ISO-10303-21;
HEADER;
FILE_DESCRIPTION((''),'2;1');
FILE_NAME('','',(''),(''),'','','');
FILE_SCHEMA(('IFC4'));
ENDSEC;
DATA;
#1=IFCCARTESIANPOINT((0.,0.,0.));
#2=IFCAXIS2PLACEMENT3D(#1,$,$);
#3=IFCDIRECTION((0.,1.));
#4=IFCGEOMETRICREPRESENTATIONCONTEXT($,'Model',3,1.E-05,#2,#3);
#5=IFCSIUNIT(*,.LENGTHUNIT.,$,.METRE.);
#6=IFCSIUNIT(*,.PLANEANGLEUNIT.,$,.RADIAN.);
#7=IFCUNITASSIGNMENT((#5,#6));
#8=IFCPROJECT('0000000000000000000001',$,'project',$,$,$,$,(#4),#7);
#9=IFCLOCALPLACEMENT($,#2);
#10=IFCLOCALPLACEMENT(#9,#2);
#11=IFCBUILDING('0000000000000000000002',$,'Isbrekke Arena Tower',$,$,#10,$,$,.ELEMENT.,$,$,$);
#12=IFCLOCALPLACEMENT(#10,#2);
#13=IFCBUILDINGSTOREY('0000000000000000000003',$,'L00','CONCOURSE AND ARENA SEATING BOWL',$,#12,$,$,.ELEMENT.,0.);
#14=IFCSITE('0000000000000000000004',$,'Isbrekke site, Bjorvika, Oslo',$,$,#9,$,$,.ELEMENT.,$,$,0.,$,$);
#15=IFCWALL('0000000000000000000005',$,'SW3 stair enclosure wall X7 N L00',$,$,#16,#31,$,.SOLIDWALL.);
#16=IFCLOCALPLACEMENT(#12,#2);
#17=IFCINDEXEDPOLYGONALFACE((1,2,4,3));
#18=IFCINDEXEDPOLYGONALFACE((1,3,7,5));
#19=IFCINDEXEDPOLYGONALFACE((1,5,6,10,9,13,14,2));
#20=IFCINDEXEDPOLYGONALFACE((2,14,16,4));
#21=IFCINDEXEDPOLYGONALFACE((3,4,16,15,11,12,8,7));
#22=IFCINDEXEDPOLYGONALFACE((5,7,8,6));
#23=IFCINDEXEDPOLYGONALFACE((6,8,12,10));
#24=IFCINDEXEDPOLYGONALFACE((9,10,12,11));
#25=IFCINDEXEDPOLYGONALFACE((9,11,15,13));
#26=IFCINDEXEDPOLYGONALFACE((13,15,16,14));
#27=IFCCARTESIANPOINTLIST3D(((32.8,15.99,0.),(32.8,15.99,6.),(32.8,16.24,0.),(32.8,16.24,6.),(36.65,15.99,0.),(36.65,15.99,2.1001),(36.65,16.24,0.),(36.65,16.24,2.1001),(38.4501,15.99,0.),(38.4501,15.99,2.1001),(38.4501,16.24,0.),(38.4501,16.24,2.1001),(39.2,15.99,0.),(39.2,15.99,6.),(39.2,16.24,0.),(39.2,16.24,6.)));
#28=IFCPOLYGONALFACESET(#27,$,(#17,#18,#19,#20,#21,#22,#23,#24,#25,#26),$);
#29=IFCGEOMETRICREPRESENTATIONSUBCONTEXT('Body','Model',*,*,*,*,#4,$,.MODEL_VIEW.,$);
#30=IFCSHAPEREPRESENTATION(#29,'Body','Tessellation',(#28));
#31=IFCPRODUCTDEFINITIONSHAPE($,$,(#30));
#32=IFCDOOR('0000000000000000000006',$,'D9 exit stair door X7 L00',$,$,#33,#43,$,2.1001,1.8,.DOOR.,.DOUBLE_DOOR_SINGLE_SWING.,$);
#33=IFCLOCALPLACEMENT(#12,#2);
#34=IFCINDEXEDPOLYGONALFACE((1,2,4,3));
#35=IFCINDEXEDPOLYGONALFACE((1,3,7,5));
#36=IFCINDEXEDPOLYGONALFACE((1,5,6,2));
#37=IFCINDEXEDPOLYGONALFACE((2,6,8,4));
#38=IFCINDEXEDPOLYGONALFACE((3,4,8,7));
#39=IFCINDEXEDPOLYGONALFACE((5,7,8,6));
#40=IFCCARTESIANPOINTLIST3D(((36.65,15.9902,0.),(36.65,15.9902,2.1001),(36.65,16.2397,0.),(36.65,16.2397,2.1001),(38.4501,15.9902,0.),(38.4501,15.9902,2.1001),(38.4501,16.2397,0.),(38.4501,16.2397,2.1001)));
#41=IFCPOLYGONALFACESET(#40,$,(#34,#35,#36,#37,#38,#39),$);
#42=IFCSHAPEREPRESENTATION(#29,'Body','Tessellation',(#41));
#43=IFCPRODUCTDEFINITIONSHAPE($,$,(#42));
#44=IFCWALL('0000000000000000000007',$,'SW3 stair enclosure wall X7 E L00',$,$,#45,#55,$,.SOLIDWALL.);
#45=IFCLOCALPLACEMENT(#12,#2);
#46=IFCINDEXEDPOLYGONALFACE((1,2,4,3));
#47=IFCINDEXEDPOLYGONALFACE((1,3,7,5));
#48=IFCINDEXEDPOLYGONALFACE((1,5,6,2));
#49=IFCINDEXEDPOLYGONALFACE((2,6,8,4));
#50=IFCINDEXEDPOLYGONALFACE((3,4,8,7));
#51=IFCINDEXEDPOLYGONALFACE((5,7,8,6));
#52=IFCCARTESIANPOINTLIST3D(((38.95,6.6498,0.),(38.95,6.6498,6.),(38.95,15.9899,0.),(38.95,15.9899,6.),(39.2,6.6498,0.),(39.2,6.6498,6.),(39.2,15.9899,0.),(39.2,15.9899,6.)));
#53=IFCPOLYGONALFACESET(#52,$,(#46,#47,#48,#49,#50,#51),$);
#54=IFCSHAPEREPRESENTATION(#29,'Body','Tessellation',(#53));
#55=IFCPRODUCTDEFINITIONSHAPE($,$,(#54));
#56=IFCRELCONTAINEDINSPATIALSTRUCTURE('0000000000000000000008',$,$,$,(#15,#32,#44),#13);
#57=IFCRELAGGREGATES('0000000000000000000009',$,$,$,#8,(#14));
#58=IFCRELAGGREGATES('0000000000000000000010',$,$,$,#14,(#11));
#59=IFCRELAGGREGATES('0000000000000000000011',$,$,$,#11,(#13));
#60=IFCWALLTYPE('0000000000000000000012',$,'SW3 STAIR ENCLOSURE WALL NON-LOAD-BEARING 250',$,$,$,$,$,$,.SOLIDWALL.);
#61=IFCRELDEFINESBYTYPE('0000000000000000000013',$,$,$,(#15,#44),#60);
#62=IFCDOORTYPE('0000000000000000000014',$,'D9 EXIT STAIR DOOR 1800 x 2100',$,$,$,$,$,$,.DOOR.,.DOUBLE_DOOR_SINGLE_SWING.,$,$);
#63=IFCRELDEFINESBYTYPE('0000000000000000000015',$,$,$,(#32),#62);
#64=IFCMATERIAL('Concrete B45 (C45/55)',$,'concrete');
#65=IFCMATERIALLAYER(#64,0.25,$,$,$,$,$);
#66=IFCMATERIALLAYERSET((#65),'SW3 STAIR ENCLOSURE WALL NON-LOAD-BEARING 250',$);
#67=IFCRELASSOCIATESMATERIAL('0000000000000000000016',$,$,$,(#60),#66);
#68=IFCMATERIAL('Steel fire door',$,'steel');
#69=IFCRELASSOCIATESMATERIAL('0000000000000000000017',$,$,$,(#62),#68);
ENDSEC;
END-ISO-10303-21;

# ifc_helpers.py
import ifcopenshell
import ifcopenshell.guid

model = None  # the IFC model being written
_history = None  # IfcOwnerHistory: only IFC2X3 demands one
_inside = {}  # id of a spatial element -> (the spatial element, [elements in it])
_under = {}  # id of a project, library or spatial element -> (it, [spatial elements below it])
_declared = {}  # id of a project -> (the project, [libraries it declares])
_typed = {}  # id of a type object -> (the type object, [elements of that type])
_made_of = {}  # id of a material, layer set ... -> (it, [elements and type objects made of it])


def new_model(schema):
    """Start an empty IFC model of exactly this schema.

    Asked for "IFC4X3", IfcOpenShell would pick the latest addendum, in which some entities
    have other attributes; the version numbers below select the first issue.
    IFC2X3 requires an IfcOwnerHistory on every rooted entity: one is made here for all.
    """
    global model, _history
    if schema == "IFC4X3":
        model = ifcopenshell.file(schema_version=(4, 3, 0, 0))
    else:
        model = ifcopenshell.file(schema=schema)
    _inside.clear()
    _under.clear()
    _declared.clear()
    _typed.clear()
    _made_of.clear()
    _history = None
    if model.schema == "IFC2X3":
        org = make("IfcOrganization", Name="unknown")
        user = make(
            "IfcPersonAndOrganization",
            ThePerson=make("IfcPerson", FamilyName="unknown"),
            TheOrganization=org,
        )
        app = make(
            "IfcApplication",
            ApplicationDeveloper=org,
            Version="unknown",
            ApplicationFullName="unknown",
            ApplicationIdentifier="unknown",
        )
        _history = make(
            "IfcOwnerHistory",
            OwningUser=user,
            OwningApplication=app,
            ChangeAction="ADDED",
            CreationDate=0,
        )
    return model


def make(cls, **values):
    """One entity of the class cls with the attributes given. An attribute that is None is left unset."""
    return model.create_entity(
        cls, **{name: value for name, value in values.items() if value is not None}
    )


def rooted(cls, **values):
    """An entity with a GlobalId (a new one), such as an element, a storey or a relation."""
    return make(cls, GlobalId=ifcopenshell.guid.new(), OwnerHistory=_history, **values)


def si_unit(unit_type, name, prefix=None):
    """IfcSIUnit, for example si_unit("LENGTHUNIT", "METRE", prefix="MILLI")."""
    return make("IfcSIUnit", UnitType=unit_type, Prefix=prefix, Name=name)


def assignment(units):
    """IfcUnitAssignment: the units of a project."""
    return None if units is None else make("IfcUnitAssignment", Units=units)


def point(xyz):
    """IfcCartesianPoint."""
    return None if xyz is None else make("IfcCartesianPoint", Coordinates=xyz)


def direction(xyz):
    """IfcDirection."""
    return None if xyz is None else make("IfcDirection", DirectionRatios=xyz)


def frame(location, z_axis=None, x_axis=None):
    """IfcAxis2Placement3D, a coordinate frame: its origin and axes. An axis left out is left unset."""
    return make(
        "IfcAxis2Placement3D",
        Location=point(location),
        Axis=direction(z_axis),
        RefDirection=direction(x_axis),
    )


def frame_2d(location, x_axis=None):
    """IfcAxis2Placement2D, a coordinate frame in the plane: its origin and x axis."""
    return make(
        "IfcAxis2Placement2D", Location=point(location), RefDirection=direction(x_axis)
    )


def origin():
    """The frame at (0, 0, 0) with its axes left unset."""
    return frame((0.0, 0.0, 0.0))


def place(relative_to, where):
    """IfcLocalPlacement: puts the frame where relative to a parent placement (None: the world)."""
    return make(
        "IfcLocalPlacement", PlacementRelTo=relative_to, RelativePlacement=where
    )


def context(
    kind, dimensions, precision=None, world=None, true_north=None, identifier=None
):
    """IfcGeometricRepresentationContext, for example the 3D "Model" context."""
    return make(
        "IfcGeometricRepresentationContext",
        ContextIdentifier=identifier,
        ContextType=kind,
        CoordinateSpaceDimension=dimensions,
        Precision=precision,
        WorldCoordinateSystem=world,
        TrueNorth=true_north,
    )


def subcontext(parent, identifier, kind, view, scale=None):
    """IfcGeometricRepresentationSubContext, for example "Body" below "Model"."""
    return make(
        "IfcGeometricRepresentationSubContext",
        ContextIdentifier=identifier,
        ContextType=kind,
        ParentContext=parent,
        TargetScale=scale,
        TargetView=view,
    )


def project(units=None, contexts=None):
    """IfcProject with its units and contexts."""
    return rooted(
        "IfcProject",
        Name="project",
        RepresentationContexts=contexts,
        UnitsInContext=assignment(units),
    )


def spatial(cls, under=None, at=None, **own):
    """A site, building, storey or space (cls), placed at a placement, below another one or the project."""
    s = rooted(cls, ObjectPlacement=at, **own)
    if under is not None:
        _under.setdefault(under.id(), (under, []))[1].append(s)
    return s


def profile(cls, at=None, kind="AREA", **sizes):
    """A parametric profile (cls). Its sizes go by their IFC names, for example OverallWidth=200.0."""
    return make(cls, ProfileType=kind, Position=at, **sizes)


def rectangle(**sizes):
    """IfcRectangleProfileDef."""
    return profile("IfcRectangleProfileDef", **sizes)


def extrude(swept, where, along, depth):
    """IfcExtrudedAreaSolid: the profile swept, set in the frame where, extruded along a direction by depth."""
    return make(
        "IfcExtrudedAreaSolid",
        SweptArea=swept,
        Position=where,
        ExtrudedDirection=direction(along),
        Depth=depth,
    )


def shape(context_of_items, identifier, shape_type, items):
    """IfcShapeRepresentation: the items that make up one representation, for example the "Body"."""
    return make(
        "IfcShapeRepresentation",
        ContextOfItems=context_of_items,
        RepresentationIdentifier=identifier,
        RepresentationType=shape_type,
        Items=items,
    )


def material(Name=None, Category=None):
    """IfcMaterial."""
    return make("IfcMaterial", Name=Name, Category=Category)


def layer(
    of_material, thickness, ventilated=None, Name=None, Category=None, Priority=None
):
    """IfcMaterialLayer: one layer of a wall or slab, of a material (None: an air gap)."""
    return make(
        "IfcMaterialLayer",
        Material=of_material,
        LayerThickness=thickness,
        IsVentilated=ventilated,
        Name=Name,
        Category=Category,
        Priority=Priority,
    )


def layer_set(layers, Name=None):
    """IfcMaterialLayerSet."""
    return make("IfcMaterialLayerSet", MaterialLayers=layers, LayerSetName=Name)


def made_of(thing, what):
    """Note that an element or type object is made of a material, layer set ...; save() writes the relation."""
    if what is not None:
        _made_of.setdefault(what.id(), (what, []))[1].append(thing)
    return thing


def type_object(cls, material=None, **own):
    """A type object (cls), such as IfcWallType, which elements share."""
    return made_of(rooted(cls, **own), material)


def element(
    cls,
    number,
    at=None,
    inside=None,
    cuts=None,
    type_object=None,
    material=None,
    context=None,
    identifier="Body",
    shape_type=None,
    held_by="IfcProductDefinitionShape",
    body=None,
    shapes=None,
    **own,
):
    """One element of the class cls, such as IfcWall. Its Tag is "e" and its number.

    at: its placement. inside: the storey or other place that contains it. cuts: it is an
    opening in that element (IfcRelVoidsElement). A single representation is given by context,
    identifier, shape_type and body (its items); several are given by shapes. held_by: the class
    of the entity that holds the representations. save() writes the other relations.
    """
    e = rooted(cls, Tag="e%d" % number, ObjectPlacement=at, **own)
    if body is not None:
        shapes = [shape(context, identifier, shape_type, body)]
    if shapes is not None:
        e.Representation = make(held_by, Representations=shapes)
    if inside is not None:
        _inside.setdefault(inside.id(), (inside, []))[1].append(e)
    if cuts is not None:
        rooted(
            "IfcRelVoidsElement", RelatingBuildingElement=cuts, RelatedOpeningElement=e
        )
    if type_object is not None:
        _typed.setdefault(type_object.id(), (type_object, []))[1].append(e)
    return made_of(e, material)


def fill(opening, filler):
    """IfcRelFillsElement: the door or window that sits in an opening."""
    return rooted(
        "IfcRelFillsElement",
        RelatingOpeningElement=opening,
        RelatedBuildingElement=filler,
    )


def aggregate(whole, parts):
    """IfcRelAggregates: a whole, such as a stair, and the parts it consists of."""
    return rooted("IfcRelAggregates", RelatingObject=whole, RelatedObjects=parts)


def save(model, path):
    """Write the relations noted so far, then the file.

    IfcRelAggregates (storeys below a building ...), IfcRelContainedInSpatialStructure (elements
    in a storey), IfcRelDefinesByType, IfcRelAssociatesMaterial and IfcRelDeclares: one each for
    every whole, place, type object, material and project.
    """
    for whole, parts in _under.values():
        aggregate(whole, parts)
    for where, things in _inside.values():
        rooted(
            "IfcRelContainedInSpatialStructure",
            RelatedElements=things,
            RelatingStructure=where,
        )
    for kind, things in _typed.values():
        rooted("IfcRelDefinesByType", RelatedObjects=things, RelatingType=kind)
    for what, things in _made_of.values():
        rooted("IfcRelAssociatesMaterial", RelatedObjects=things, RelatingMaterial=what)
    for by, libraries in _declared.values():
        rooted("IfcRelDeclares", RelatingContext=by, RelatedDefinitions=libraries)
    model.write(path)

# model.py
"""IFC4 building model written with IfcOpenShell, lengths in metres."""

from ifc_helpers import new_model, si_unit, direction, frame, frame_2d, origin, place, context, subcontext, project, spatial, rectangle, extrude, material, layer, layer_set, type_object, element, fill, save


model = new_model("IFC4")

# Units and contexts
model_context = context("Model", 3, precision=1e-05, world=origin(), true_north=direction((0.0, 1.0)))
body_context = subcontext(model_context, "Body", "Model", "MODEL_VIEW")
ifc_project = project(units=[si_unit("LENGTHUNIT", "METRE"), si_unit("PLANEANGLEUNIT", "RADIAN")], contexts=[model_context])

# Site, building, storey
site_placement = place(None, origin())
site = spatial("IfcSite", under=ifc_project, at=site_placement, Name="Isbrekke site, Bjorvika, Oslo", CompositionType="ELEMENT", RefElevation=0.0)
building_placement = place(site_placement, origin())
building = spatial("IfcBuilding", under=site, at=building_placement, Name="Isbrekke Arena Tower", CompositionType="ELEMENT")
storey_placement = place(building_placement, origin())
storey = spatial("IfcBuildingStorey", under=building, at=storey_placement, Name="L00", Description="CONCOURSE AND ARENA SEATING BOWL", CompositionType="ELEMENT", Elevation=0.0)

# Wall, opening, door
ifc_material_1 = material(Name="Concrete B45 (C45/55)", Category="concrete")
ifc_layer = layer(ifc_material_1, 0.25)
ifc_layer_set = layer_set([ifc_layer], Name="SW3 STAIR ENCLOSURE WALL NON-LOAD-BEARING 250")
wall_type = type_object("IfcWallType", Name="SW3 STAIR ENCLOSURE WALL NON-LOAD-BEARING 250", PredefinedType="SOLIDWALL", material=ifc_layer_set)
wall_1_placement = place(storey_placement, frame((39.2, 16.115, 0.0), z_axis=(0.0, 0.0, 1.0), x_axis=(-1.0, 0.0, 0.0)))
wall_1 = element("IfcWall", 1, at=wall_1_placement, inside=storey, type_object=wall_type, Name="SW3 stair enclosure wall X7 N L00", PredefinedType="SOLIDWALL", context=body_context, shape_type="SweptSolid", body=[
    extrude(rectangle(XDim=6.3999, YDim=0.25, at=frame_2d((3.2, 0.0))), origin(), (0.0, 0.0, 1.0), 6.0),
])
opening_placement = place(wall_1_placement, frame((0.75, 0.0, 0.0)))
opening = element("IfcOpeningElement", 2, at=opening_placement, cuts=wall_1, PredefinedType="OPENING", context=body_context, shape_type="SweptSolid", body=[
    extrude(rectangle(XDim=1.8, YDim=2.1001, at=frame_2d((0.8999, 1.05))), frame((0.0, 0.1399, 0.0), z_axis=(0.0, -1.0, 0.0), x_axis=(1.0, 0.0, 0.0)), (0.0, 0.0, 1.0), 0.2798),
])
ifc_material_2 = material(Name="Steel fire door", Category="steel")
door_type = type_object("IfcDoorType", Name="D9 EXIT STAIR DOOR 1800 x 2100", OperationType="DOUBLE_DOOR_SINGLE_SWING", PredefinedType="DOOR", material=ifc_material_2)
door_placement = place(opening_placement, origin())
door = element("IfcDoor", 3, at=door_placement, inside=storey, type_object=door_type, Name="D9 exit stair door X7 L00", OperationType="DOUBLE_DOOR_SINGLE_SWING", OverallHeight=2.1001, OverallWidth=1.8, PredefinedType="DOOR", context=body_context, shape_type="SweptSolid", body=[
    extrude(rectangle(XDim=1.8, YDim=2.1001, at=frame_2d((0.8999, 1.05))), frame((0.0, 0.1248, 0.0), z_axis=(0.0, -1.0, 0.0), x_axis=(1.0, 0.0, 0.0)), (0.0, 0.0, 1.0), 0.2495),
])
fill(opening, door)

# Wall
wall_2_placement = place(storey_placement, frame((39.075, 6.6499, 0.0), z_axis=(0.0, 0.0, 1.0), x_axis=(0.0, 1.0, 0.0)))
element("IfcWall", 4, at=wall_2_placement, inside=storey, type_object=wall_type, Name="SW3 stair enclosure wall X7 E L00", PredefinedType="SOLIDWALL", context=body_context, shape_type="SweptSolid", body=[
    extrude(rectangle(XDim=9.3401, YDim=0.25, at=frame_2d((4.6699, 0.0))), origin(), (0.0, 0.0, 1.0), 6.0),
])

save(model, "model.ifc")
